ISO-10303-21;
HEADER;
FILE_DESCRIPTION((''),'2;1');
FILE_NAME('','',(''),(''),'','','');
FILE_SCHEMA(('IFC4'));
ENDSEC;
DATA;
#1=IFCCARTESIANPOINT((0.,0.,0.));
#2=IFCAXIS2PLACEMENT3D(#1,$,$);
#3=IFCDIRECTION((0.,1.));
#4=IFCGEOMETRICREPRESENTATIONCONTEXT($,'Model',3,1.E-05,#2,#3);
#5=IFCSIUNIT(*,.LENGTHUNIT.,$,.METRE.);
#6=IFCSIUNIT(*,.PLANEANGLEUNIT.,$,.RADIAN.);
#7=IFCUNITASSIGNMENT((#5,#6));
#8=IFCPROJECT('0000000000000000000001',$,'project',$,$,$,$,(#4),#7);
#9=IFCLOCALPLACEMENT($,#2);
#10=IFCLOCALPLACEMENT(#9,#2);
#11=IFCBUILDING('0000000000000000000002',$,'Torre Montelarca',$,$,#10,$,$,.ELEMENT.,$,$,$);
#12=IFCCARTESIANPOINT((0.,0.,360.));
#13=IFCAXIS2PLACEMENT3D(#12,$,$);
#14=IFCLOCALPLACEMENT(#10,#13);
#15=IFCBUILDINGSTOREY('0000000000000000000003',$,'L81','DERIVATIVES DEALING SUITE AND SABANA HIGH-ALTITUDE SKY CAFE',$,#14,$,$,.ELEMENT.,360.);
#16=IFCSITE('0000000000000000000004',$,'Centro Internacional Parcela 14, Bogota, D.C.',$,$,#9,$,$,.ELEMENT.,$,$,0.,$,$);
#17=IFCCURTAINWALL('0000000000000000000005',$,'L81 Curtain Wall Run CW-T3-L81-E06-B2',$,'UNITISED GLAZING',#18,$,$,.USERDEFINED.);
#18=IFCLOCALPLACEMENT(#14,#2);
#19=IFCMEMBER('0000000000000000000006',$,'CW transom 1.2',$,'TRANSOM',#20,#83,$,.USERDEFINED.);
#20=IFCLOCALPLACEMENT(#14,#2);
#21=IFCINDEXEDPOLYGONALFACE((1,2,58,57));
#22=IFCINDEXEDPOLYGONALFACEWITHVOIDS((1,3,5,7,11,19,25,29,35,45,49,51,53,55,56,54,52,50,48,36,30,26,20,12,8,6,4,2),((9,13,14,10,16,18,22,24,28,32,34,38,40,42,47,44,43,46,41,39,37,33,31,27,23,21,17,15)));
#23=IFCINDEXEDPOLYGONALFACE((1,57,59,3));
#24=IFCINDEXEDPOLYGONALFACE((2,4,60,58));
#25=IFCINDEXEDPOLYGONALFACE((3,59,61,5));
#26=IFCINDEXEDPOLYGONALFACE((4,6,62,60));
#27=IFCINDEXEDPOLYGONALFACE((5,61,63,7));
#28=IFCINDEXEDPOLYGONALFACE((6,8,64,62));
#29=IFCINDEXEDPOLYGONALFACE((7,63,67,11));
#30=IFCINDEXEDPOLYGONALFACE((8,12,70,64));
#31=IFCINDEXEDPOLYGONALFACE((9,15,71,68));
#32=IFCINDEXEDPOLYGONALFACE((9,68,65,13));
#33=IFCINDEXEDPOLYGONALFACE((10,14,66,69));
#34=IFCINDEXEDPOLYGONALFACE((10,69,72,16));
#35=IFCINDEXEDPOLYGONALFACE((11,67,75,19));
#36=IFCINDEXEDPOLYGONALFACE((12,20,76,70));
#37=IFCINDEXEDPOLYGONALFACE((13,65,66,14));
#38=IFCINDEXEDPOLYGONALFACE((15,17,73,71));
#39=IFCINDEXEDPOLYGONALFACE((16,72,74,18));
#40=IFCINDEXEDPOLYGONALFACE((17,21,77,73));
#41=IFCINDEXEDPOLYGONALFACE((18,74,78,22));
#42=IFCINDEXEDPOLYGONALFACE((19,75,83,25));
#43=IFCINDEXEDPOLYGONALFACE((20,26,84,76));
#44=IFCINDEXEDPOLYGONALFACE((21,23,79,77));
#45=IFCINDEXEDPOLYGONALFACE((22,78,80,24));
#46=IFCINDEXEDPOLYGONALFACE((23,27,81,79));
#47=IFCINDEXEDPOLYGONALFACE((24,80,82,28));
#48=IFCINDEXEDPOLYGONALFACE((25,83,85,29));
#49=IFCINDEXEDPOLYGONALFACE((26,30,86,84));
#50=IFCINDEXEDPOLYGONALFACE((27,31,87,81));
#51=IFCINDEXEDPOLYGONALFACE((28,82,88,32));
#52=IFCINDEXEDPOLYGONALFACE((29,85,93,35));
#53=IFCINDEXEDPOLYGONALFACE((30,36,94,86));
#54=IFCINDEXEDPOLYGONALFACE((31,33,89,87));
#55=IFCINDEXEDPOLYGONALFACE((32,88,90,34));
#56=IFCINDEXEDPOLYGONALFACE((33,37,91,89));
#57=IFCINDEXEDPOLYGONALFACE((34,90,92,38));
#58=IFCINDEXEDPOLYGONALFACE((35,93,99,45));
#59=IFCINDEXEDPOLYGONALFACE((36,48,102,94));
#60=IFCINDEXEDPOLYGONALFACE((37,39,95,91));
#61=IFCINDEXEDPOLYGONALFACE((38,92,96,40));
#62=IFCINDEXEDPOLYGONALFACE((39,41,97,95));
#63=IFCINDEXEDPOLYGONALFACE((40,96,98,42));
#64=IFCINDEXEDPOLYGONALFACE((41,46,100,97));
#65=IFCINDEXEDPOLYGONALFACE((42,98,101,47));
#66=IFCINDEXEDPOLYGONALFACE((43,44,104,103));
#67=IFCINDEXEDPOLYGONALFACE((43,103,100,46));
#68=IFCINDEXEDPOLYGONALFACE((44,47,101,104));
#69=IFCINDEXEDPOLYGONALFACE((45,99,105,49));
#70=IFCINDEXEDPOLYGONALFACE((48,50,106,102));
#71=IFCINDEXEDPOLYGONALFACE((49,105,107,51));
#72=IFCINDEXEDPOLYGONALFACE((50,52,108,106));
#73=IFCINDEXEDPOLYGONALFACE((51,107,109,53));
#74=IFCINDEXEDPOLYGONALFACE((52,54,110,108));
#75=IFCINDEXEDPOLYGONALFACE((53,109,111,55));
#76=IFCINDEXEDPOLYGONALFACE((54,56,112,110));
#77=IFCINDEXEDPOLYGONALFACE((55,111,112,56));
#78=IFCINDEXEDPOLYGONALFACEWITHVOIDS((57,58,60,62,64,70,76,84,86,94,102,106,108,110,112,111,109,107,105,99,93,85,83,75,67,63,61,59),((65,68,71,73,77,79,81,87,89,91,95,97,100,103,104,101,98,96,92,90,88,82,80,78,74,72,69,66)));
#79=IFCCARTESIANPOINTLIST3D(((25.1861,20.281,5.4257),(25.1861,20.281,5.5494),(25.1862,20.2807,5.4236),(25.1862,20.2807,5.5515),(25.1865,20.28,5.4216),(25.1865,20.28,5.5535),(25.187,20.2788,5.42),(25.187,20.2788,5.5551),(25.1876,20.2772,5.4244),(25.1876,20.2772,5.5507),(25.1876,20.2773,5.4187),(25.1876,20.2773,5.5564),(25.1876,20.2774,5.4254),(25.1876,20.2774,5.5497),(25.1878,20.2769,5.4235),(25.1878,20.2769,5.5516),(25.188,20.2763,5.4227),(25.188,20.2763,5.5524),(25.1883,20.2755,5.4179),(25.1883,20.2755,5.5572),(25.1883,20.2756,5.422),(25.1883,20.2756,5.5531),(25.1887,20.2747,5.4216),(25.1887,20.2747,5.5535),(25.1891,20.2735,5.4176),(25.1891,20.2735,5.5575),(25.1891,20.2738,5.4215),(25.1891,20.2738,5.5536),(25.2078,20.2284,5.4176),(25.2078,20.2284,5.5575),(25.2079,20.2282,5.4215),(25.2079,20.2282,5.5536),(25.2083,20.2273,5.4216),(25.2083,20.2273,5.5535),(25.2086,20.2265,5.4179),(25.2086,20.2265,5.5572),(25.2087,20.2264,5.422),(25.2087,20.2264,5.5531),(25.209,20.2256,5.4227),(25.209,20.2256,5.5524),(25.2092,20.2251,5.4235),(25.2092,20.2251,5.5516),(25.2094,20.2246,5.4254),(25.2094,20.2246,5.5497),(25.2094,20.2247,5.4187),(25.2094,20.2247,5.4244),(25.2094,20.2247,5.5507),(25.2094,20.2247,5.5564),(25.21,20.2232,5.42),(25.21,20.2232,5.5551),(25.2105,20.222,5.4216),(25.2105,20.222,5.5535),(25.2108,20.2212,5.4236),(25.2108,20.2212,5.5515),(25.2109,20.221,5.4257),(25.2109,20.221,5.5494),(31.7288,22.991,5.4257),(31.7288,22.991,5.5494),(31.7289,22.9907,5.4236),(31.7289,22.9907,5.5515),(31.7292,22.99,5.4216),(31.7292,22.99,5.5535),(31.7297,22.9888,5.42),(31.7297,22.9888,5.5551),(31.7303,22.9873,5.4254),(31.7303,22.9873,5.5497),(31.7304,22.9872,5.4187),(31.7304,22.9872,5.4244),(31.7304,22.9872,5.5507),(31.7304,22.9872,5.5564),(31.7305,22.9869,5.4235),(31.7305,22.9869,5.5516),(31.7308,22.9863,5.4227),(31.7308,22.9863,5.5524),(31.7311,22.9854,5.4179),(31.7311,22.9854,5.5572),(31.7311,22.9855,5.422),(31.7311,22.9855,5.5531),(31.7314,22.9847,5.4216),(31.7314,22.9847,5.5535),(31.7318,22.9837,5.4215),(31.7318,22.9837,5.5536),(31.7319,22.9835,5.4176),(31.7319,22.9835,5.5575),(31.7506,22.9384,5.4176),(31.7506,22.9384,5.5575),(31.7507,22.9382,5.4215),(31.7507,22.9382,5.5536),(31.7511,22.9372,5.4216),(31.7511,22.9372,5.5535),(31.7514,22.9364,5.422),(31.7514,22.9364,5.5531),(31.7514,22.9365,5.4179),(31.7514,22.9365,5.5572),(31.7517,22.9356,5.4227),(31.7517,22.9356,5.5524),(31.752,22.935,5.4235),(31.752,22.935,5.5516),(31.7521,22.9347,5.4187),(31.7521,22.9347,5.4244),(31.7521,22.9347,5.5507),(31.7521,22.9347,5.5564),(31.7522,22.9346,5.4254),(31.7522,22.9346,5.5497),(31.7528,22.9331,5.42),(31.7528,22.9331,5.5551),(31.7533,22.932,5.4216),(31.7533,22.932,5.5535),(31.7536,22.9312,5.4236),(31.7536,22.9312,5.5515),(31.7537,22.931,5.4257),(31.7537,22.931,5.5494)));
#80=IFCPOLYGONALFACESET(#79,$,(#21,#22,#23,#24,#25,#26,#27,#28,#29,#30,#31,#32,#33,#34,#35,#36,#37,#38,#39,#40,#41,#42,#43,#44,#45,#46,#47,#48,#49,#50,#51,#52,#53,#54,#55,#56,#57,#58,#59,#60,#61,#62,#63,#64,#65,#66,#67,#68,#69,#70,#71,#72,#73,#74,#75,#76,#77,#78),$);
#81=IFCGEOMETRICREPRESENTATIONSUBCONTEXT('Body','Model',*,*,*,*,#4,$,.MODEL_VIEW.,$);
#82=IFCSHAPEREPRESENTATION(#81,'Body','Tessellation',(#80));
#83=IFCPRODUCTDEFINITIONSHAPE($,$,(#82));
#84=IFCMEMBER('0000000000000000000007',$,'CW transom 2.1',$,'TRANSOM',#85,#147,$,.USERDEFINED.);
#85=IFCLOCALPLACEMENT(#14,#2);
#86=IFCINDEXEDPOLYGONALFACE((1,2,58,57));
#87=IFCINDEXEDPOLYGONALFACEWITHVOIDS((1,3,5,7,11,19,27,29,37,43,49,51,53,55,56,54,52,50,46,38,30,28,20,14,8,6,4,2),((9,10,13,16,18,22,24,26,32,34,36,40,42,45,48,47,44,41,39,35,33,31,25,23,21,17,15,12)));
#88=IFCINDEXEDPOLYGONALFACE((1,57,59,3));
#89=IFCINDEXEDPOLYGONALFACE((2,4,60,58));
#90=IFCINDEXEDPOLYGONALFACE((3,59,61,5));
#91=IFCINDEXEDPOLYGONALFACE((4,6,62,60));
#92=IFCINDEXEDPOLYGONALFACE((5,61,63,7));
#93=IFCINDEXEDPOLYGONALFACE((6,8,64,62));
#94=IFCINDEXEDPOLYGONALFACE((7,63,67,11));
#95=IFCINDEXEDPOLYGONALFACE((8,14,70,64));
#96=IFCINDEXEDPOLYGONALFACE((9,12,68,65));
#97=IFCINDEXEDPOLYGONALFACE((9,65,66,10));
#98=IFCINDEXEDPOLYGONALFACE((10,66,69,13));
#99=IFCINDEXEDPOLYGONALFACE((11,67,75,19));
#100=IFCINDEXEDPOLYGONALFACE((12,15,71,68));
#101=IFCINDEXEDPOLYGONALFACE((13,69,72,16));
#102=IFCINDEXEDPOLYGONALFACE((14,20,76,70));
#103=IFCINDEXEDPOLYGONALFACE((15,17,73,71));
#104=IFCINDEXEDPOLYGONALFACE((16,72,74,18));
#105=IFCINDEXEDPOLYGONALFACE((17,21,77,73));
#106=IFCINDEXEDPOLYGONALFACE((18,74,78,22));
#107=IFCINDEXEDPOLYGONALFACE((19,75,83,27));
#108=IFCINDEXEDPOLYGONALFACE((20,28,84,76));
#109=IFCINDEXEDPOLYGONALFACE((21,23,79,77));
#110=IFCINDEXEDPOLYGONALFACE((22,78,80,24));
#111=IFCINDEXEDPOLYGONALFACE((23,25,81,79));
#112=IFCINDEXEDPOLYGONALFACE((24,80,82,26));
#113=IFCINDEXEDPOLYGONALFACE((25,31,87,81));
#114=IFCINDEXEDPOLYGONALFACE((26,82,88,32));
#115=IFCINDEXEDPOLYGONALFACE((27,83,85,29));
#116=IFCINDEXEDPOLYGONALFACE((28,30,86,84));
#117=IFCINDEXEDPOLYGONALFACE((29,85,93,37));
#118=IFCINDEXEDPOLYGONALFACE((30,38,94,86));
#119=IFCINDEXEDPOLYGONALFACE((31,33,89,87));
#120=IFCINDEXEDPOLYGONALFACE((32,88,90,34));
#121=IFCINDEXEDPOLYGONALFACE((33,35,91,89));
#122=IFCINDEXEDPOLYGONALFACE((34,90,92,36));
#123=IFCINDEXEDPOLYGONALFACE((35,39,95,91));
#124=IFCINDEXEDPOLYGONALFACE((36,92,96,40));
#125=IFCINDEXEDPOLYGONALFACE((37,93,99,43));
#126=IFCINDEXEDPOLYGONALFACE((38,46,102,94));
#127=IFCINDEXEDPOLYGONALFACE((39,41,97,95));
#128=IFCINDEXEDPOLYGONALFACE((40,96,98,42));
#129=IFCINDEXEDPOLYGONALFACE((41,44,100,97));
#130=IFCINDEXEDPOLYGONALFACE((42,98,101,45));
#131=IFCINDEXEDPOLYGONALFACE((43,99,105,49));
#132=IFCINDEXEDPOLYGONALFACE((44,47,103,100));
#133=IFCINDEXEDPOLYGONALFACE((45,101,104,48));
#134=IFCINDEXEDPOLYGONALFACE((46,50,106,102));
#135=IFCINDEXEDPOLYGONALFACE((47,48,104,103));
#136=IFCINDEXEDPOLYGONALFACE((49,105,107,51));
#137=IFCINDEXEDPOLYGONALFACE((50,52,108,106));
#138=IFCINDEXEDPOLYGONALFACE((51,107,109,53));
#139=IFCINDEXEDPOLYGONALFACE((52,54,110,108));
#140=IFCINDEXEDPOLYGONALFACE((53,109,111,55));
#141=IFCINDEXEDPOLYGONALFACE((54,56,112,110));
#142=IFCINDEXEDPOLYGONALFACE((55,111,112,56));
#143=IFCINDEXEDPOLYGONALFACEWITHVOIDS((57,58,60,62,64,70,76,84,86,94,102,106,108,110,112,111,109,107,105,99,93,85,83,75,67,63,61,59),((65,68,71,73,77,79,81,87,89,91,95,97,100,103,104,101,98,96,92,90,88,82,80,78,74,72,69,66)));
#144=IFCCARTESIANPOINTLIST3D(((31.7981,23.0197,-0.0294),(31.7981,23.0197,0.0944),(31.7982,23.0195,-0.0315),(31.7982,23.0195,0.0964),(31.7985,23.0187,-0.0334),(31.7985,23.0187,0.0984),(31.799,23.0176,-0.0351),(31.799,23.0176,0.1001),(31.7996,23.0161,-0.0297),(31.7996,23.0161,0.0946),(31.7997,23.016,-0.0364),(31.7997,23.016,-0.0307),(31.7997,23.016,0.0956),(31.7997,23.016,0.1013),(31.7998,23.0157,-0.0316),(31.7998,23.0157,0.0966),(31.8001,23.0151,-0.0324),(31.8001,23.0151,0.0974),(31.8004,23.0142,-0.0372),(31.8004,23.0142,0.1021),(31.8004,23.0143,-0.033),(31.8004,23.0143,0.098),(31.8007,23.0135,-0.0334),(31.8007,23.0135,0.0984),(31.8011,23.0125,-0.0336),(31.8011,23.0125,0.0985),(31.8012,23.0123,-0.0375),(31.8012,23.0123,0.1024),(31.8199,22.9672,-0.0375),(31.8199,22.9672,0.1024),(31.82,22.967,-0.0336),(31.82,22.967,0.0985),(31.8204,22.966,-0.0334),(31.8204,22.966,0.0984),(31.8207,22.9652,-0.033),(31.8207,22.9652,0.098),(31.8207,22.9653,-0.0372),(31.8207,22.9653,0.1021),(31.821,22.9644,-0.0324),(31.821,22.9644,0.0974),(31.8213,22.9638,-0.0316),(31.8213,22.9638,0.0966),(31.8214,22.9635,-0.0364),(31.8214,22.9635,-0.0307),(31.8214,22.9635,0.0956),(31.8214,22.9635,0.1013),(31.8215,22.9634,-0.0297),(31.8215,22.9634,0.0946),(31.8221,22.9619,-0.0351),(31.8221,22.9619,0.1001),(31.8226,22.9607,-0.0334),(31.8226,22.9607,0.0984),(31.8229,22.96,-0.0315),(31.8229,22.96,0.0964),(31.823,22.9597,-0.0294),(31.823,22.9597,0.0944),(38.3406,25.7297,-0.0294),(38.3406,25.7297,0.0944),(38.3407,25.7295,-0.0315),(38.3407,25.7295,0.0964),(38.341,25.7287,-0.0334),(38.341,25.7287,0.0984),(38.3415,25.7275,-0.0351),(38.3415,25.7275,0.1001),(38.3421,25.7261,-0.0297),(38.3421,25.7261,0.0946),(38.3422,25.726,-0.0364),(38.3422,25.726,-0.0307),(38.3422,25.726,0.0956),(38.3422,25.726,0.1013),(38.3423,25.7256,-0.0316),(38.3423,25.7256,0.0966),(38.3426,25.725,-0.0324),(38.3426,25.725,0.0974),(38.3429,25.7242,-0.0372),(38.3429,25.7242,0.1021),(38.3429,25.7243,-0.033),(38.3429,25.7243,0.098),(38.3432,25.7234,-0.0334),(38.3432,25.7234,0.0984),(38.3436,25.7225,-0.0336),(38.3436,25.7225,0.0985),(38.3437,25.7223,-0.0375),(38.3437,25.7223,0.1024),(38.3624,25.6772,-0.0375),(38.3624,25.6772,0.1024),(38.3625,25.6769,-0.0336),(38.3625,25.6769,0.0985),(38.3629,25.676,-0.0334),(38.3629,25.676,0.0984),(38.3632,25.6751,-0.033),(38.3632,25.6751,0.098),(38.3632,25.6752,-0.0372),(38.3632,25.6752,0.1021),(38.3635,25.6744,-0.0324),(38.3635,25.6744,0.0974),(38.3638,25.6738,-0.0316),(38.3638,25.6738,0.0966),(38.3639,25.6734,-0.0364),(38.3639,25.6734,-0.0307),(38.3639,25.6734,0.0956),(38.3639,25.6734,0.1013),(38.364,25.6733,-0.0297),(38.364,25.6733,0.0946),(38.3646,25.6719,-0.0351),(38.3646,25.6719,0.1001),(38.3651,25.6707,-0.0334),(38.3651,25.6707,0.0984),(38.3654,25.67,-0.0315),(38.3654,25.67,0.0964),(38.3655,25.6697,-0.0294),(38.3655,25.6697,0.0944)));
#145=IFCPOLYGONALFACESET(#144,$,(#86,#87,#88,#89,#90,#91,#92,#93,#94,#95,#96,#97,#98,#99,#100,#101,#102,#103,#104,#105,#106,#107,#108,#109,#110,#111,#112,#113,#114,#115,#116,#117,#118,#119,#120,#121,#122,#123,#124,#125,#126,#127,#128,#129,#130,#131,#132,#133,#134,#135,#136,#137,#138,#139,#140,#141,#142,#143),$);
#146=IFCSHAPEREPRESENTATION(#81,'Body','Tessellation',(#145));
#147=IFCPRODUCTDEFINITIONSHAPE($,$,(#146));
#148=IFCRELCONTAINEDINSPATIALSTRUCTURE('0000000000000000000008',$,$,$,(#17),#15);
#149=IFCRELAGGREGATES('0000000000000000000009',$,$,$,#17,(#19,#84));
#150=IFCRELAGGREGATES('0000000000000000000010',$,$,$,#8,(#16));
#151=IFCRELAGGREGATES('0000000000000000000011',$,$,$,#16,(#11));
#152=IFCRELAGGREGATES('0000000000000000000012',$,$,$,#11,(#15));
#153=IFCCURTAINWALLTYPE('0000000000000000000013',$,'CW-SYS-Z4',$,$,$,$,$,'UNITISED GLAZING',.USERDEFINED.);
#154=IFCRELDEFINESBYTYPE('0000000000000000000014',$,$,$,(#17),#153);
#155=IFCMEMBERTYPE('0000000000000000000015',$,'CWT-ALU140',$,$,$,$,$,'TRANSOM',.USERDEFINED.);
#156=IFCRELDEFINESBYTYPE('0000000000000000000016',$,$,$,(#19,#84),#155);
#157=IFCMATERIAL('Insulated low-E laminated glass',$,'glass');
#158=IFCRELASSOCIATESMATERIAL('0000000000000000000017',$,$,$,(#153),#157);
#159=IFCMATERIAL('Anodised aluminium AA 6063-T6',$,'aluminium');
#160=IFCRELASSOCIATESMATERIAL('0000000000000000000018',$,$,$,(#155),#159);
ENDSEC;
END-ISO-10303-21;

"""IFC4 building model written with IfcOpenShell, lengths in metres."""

from ifc_helpers import new_model, si_unit, direction, frame, origin, origin_2d, place, context, subcontext, project, spatial, hollow_rectangle, extrude, source, transform, mapped, material, material_profile, profile_set, type_object, element, aggregate, save


model = new_model("IFC4")

# Units and contexts
model_context = context("Model", 3, precision=1e-05, world=origin(), true_north=direction((0.0, 1.0)))
body_context = subcontext(model_context, "Body", "Model", "MODEL_VIEW")
ifc_project = project(units=[si_unit("LENGTHUNIT", "METRE"), si_unit("PLANEANGLEUNIT", "RADIAN")], contexts=[model_context])

# Site, building, storey
site_placement = place(None, origin())
site = spatial("IfcSite", under=ifc_project, at=site_placement, Name="Centro Internacional Parcela 14, Bogota, D.C.", CompositionType="ELEMENT", RefElevation=0.0)
building_placement = place(site_placement, origin())
building = spatial("IfcBuilding", under=site, at=building_placement, Name="Torre Montelarca", CompositionType="ELEMENT")
storey_placement = place(building_placement, frame((0.0, 0.0, 360.0)))
storey = spatial("IfcBuildingStorey", under=building, at=storey_placement, Name="L81", Description="DERIVATIVES DEALING SUITE AND SABANA HIGH-ALTITUDE SKY CAFE", CompositionType="ELEMENT", Elevation=360.0)

# Curtain wall
ifc_material_1 = material(Name="Insulated low-E laminated glass", Category="glass")
curtain_wall_type = type_object("IfcCurtainWallType", Name="CW-SYS-Z4", ElementType="UNITISED GLAZING", PredefinedType="USERDEFINED", material=ifc_material_1)
curtain_wall_1_placement = place(storey_placement, origin())
curtain_wall_1 = element("IfcCurtainWall", 1, at=curtain_wall_1_placement, inside=storey, type_object=curtain_wall_type, Name="L81 Curtain Wall Run CW-T3-L81-E06-B2", ObjectType="UNITISED GLAZING", PredefinedType="USERDEFINED")
ifc_material_2 = material(Name="Anodised aluminium AA 6063-T6", Category="aluminium")

# Members
ifc_material_profile_1 = material_profile(ifc_material_2, hollow_rectangle(XDim=0.0649, YDim=0.1399, WallThickness=0.0039, InnerFilletRadius=0.0039, OuterFilletRadius=0.0081, at=origin_2d()), Name="ALU65X140X4", Category="aluminium")
ifc_profile_set_1 = profile_set([ifc_material_profile_1], Name="Anodised aluminium AA 6063-T6")
member_type_1 = type_object("IfcMemberType", Name="CWT-ALU140", ElementType="TRANSOM", PredefinedType="USERDEFINED", material=ifc_profile_set_1)
shared_shape_1 = source(origin(), body_context, "Body", "SweptSolid", [
    extrude(hollow_rectangle(XDim=0.0649, YDim=0.1399, WallThickness=0.0039, InnerFilletRadius=0.0039, OuterFilletRadius=0.0081, at=origin_2d()), origin(), (0.0, 0.0, 1.0), 7.0818),
])
member_1_placement = place(storey_placement, frame((25.1985, 20.251, 5.4875), z_axis=(0.923886, 0.382668, 0.0), x_axis=(-0.382668, 0.923886, 0.0)))
member_1 = element("IfcMember", 2, at=member_1_placement, type_object=member_type_1, Name="CW transom 1.2", ObjectType="TRANSOM", PredefinedType="USERDEFINED", context=body_context, shape_type="MappedRepresentation", body=[
    mapped(shared_shape_1, transform((0.0, 0.0, 0.0), scale=1.0)),
])
shared_shape_2 = source(origin(), body_context, "Body", "SweptSolid", [
    extrude(hollow_rectangle(XDim=0.0649, YDim=0.1399, WallThickness=0.0039, InnerFilletRadius=0.0039, OuterFilletRadius=0.0081, at=origin_2d()), origin(), (0.0, 0.0, 1.0), 7.0815),
])
member_2_placement = place(storey_placement, frame((31.8105, 22.9897, 0.0325), z_axis=(0.923881, 0.382681, 0.0), x_axis=(-0.382681, 0.923881, 0.0)))
member_2 = element("IfcMember", 3, at=member_2_placement, type_object=member_type_1, Name="CW transom 2.1", ObjectType="TRANSOM", PredefinedType="USERDEFINED", context=body_context, shape_type="MappedRepresentation", body=[
    mapped(shared_shape_2, transform((0.0, 0.0, 0.0), scale=1.0)),
])

aggregate(curtain_wall_1, [member_1, member_2])

save(model, "model.ifc")
